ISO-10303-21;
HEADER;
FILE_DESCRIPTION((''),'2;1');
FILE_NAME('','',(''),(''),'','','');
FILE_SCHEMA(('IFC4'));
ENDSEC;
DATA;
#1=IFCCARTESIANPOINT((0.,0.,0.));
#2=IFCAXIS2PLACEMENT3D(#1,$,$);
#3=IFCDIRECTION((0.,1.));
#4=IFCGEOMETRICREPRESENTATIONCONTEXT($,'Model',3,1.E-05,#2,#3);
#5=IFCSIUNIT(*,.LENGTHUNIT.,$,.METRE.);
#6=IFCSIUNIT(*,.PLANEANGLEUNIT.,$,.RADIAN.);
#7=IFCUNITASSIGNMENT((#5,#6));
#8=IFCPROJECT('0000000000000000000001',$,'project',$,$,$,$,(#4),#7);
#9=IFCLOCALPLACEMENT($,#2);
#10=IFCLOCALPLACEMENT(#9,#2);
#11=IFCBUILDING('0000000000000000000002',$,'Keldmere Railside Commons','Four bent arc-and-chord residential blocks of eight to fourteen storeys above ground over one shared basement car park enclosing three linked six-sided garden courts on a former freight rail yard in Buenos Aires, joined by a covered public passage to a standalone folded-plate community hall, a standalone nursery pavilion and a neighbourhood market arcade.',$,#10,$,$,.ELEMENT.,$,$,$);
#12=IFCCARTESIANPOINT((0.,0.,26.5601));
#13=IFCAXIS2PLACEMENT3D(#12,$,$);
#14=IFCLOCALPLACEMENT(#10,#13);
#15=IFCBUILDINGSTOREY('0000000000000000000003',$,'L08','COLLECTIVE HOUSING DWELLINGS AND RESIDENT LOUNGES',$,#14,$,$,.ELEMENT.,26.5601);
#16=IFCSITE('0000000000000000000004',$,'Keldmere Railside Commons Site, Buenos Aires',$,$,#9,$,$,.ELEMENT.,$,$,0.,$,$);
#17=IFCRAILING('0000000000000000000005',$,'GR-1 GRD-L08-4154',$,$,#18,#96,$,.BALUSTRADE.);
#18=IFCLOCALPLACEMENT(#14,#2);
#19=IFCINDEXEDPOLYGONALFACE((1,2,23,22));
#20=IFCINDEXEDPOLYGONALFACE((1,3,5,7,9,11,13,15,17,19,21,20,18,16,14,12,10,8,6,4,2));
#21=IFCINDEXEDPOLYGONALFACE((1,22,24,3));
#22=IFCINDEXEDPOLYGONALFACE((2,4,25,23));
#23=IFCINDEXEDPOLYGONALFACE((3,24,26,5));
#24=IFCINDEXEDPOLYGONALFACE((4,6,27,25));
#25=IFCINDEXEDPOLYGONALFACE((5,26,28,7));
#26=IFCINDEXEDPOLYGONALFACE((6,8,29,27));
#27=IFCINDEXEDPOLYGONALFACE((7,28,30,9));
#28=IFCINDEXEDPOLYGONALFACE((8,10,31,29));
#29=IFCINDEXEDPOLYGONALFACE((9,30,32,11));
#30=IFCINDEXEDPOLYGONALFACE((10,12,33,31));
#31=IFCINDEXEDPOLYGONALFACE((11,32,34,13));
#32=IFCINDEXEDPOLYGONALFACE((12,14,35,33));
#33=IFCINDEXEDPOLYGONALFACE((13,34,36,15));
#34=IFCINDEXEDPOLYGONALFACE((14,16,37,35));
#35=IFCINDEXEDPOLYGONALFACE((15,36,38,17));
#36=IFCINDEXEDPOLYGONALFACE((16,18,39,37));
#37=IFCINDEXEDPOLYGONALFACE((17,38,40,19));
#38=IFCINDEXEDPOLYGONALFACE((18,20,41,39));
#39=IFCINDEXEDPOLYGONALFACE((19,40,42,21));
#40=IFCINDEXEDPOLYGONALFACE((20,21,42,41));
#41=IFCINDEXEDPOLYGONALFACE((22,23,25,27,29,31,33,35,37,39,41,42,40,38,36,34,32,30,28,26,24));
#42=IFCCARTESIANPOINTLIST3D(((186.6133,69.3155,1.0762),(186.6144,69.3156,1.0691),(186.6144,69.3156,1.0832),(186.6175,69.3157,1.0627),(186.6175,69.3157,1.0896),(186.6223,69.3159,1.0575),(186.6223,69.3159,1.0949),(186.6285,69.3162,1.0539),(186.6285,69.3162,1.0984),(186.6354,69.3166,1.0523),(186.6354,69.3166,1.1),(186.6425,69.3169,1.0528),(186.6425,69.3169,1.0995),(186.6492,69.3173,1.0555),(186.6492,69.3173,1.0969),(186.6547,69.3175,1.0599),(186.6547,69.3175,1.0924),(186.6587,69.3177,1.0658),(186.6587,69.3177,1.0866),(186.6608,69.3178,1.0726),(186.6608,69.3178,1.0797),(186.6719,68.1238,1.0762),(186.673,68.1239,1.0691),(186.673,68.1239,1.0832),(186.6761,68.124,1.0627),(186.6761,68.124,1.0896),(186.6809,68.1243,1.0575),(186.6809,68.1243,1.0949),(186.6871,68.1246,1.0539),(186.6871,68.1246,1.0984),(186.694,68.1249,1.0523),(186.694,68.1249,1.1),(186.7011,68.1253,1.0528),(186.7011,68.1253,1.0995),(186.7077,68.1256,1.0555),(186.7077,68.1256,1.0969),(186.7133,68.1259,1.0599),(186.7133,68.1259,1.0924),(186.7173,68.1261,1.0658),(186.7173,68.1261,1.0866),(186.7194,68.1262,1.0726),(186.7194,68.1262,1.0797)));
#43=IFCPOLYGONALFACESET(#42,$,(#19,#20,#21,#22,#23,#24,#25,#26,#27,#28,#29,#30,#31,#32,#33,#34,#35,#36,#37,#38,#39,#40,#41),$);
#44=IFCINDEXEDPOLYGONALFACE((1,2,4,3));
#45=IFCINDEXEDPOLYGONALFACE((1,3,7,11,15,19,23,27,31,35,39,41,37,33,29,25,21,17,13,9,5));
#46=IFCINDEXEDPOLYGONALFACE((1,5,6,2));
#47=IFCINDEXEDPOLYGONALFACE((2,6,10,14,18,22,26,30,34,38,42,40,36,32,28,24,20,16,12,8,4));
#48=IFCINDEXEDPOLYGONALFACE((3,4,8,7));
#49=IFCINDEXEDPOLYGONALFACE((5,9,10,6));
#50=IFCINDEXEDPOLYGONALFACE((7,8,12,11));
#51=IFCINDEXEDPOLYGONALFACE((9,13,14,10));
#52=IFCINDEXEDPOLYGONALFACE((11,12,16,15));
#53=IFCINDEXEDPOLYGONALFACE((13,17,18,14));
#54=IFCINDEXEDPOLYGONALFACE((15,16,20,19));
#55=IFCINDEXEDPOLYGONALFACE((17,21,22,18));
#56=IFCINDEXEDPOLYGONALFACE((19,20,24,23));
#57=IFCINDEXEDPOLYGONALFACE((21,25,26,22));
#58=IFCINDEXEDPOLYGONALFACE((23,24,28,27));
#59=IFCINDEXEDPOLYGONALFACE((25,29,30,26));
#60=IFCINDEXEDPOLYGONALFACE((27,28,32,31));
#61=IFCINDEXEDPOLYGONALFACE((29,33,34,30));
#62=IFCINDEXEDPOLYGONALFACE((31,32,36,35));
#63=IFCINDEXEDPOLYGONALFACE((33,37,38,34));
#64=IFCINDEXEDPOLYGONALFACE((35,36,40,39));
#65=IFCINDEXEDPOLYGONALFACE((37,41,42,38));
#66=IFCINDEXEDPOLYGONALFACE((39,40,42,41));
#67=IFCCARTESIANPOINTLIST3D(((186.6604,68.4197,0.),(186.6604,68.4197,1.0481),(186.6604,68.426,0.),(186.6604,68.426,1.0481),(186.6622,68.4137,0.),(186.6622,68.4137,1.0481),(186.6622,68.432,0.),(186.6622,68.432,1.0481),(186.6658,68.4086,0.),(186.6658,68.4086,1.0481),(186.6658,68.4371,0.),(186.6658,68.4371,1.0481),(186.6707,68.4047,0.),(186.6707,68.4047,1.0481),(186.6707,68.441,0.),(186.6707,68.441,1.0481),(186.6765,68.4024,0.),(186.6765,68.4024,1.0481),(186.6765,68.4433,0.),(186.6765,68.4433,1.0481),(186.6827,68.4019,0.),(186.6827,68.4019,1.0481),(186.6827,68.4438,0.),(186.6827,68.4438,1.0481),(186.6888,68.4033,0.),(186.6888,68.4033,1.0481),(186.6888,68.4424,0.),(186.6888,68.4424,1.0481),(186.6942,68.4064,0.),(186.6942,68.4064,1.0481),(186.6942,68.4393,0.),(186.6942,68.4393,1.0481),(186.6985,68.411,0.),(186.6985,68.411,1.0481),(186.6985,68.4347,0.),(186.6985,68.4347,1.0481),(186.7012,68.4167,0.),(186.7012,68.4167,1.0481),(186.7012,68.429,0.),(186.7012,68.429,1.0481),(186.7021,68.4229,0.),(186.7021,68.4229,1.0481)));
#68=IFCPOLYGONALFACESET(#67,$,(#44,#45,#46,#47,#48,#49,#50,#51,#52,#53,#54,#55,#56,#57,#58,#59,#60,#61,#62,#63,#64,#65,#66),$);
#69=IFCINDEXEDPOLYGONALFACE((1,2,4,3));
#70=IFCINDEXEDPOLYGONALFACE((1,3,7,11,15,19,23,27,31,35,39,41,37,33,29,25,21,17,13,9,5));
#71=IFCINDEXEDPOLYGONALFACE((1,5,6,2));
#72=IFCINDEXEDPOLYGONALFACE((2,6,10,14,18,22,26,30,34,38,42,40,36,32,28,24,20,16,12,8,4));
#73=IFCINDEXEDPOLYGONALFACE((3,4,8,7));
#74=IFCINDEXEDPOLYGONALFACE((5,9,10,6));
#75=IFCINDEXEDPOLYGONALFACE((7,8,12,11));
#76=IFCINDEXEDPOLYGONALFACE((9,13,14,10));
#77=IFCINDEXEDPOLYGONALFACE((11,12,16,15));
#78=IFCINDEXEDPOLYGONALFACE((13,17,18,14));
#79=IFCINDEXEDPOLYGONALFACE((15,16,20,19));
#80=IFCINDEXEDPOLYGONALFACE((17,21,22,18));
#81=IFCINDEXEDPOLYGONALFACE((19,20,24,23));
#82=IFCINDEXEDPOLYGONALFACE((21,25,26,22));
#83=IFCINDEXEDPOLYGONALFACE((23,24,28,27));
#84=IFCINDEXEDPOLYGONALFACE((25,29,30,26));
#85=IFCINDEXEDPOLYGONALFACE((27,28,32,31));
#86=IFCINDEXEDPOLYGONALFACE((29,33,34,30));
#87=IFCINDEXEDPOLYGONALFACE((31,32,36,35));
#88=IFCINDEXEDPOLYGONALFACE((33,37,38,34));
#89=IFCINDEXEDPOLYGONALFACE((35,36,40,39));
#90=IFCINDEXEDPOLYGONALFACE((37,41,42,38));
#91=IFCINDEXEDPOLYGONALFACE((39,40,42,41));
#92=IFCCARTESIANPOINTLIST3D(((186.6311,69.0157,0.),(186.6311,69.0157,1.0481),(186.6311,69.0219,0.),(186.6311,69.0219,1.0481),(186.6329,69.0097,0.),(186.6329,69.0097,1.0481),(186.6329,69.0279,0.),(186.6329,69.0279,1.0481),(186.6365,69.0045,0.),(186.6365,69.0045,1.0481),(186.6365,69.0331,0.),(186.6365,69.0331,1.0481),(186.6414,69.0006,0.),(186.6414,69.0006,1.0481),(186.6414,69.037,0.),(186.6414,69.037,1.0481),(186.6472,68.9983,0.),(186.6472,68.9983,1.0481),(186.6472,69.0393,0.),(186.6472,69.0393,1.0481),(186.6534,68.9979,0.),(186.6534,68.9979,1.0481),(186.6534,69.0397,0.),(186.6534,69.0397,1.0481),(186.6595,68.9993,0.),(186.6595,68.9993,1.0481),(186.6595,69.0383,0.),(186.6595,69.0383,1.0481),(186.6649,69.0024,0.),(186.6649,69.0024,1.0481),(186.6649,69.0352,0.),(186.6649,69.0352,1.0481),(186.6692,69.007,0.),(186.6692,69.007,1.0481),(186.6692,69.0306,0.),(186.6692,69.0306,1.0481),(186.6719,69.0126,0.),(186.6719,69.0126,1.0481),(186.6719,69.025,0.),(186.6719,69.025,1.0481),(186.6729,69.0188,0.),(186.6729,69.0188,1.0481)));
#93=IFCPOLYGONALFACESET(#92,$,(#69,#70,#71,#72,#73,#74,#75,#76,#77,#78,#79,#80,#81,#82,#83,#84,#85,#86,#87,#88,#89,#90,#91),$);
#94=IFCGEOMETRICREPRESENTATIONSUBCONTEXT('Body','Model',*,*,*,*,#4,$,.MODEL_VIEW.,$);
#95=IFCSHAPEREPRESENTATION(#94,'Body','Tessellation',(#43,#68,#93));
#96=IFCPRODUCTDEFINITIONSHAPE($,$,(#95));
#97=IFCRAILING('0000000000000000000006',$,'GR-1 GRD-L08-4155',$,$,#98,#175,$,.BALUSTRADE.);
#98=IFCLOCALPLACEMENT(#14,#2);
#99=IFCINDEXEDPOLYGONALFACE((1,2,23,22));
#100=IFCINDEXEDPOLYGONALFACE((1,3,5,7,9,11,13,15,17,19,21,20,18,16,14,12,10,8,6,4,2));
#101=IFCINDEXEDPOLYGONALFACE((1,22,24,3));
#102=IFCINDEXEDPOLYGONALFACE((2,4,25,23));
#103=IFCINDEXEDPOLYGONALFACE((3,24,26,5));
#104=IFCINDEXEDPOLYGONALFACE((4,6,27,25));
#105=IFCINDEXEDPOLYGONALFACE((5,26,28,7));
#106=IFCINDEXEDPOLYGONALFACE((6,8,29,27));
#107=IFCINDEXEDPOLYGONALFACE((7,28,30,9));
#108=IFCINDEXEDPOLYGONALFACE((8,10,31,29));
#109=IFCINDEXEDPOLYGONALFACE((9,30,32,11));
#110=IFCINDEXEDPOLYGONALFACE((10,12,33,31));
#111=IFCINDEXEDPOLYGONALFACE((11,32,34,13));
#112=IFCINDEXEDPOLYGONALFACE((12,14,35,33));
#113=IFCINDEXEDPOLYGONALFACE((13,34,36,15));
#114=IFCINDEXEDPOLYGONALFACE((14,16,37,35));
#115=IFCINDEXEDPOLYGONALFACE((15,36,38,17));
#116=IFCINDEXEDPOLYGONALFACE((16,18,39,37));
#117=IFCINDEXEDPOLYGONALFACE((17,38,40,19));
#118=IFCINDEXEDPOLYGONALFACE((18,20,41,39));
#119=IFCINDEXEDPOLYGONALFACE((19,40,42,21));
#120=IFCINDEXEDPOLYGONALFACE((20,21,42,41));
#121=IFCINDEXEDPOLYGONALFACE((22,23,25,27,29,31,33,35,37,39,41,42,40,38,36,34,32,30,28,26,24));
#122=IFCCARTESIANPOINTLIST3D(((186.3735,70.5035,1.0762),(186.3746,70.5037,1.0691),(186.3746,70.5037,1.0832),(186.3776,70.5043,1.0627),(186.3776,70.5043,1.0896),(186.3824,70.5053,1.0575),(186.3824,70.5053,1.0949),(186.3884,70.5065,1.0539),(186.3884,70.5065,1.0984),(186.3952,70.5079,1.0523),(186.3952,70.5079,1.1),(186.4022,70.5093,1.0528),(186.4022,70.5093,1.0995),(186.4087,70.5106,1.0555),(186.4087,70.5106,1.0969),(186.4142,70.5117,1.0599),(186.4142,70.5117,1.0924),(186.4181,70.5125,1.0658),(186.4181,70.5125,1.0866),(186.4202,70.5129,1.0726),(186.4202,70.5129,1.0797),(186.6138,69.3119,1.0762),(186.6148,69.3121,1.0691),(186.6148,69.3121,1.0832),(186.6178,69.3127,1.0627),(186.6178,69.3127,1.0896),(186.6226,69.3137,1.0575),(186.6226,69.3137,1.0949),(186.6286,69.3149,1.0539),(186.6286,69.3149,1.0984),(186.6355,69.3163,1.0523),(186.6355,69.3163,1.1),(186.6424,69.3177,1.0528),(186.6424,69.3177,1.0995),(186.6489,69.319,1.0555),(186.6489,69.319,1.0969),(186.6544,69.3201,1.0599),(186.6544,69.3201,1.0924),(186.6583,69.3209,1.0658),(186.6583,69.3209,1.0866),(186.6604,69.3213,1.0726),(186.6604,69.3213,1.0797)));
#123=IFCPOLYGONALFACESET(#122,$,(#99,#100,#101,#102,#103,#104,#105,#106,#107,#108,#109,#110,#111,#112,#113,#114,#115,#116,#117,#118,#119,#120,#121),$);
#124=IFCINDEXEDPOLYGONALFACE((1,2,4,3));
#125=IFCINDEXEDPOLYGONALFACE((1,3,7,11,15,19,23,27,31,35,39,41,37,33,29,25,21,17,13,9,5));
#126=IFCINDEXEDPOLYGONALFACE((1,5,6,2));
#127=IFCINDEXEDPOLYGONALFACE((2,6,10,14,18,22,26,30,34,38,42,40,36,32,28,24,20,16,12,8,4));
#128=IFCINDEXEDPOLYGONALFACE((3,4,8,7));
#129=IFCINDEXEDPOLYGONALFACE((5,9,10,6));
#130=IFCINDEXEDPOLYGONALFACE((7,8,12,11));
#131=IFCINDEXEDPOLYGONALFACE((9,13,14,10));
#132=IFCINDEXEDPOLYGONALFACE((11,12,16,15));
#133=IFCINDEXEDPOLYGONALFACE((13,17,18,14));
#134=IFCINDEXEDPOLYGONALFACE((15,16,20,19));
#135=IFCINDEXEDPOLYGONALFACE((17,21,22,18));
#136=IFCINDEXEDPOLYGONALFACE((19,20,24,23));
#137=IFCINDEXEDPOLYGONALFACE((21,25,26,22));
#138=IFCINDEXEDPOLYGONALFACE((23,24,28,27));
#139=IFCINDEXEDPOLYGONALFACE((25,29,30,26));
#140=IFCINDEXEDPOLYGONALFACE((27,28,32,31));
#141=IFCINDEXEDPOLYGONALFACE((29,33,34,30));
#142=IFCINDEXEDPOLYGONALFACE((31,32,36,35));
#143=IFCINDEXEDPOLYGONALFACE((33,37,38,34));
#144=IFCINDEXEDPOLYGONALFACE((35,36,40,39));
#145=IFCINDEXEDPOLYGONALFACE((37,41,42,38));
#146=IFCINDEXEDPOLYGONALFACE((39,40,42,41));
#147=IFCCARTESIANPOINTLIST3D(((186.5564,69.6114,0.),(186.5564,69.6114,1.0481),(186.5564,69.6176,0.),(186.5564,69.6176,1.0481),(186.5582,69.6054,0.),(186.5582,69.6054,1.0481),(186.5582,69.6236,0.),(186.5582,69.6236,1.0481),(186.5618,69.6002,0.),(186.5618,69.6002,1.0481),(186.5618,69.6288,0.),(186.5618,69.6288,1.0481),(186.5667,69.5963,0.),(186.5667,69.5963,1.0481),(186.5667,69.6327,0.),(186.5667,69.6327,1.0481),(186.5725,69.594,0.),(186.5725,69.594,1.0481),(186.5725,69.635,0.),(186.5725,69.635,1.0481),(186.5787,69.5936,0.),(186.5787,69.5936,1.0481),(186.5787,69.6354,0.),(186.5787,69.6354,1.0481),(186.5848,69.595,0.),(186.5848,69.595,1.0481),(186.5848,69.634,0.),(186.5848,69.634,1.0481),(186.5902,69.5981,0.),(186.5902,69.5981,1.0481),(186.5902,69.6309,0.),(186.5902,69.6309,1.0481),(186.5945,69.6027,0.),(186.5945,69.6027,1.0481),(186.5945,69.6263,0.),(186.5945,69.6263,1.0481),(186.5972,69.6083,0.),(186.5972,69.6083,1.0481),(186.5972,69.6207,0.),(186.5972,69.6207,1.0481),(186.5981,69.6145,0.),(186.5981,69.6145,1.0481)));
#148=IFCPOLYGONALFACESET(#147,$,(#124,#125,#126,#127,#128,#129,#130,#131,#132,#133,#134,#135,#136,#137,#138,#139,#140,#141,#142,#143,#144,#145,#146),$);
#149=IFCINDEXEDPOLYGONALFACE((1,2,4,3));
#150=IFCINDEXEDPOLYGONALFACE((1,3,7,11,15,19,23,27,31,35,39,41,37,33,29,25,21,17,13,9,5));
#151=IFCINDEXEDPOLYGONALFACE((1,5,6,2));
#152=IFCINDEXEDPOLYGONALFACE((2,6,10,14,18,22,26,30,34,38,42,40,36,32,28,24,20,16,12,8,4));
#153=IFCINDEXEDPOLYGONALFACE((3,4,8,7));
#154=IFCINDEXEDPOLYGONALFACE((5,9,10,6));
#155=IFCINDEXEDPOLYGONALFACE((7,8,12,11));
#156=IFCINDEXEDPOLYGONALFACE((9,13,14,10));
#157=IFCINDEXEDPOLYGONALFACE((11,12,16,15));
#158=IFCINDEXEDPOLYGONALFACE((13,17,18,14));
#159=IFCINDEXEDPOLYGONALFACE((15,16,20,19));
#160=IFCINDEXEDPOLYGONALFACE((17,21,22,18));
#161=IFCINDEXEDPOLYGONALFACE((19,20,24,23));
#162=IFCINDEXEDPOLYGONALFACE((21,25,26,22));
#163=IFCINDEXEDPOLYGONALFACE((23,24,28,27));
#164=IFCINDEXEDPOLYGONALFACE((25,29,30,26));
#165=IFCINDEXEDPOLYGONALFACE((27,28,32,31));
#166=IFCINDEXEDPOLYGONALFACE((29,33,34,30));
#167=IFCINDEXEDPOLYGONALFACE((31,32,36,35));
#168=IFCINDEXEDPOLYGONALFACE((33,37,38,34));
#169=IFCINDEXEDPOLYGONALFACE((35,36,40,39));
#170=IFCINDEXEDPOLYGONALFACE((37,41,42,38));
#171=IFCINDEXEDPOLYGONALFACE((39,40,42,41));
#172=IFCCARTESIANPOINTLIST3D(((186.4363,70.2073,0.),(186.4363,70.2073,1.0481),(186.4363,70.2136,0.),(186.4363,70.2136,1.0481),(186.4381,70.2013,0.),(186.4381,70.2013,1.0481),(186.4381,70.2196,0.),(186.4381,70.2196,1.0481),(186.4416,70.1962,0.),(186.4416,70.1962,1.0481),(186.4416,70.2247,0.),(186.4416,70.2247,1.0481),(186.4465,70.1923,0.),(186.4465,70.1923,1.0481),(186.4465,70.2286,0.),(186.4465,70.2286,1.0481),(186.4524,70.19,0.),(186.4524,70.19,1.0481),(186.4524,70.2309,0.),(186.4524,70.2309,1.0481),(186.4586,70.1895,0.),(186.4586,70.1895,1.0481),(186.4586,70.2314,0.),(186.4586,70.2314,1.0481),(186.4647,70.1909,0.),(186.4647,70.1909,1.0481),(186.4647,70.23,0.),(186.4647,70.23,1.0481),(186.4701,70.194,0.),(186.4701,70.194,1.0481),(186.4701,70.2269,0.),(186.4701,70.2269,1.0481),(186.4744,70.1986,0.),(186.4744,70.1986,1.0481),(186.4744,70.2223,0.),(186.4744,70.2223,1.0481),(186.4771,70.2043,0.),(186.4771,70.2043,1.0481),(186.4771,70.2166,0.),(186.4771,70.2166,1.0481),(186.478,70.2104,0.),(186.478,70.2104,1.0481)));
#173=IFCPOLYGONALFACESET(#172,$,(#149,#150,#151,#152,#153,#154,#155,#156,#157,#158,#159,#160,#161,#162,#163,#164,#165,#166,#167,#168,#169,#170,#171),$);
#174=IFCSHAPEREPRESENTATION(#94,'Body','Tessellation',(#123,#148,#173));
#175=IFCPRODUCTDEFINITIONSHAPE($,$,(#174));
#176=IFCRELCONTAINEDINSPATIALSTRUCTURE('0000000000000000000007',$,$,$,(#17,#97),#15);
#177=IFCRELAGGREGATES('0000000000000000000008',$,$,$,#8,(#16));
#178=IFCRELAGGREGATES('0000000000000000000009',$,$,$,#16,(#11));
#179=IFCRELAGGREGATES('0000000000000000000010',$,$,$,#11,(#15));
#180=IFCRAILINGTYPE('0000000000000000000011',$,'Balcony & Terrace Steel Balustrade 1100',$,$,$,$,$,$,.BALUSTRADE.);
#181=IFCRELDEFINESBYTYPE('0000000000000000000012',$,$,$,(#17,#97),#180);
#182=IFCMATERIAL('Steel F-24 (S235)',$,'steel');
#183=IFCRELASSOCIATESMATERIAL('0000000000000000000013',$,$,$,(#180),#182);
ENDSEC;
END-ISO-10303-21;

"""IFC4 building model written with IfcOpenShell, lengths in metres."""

from ifc_helpers import new_model, si_unit, direction, frame, origin, origin_2d, place, context, subcontext, project, spatial, circle, extrude, material, type_object, element, save


model = new_model("IFC4")

# Units and contexts
model_context = context("Model", 3, precision=1e-05, world=origin(), true_north=direction((0.0, 1.0)))
body_context = subcontext(model_context, "Body", "Model", "MODEL_VIEW")
ifc_project = project(units=[si_unit("LENGTHUNIT", "METRE"), si_unit("PLANEANGLEUNIT", "RADIAN")], contexts=[model_context])

# Site, building, storey
site_placement = place(None, origin())
site = spatial("IfcSite", under=ifc_project, at=site_placement, Name="Keldmere Railside Commons Site, Buenos Aires", CompositionType="ELEMENT", RefElevation=0.0)
building_placement = place(site_placement, origin())
building = spatial("IfcBuilding", under=site, at=building_placement, Name="Keldmere Railside Commons", Description="Four bent arc-and-chord residential blocks of eight to fourteen storeys above ground over one shared basement car park enclosing three linked six-sided garden courts on a former freight rail yard in Buenos Aires, joined by a covered public passage to a standalone folded-plate community hall, a standalone nursery pavilion and a neighbourhood market arcade.", CompositionType="ELEMENT")
storey_placement = place(building_placement, frame((0.0, 0.0, 26.5601)))
storey = spatial("IfcBuildingStorey", under=building, at=storey_placement, Name="L08", Description="COLLECTIVE HOUSING DWELLINGS AND RESIDENT LOUNGES", CompositionType="ELEMENT", Elevation=26.5601)

# Shared definitions
ifc_material_1 = material(Name="Steel F-24 (S235)", Category="steel")

# Railings
railing_type_1 = type_object("IfcRailingType", Name="Balcony & Terrace Steel Balustrade 1100", PredefinedType="BALUSTRADE", material=ifc_material_1)
railing_1_placement = place(storey_placement, frame((186.6958, 68.125, 0.0)))
element("IfcRailing", 1, at=railing_1_placement, inside=storey, type_object=railing_type_1, Name="GR-1 GRD-L08-4154", PredefinedType="BALUSTRADE", context=body_context, shape_type="SweptSolid", body=[
    extrude(circle(Radius=0.0239, at=origin_2d()), frame((0.0, 0.0, 1.0762), z_axis=(-0.049111, 0.998793, 0.0), x_axis=(-0.998793, -0.049111, 0.0)), (0.0, 0.0, 1.0), 1.1931),
    extrude(circle(Radius=0.021, at=origin_2d()), frame((-0.0146, 0.2979, 0.0)), (0.0, 0.0, 1.0), 1.0481),
    extrude(circle(Radius=0.021, at=origin_2d()), frame((-0.0439, 0.8938, 0.0)), (0.0, 0.0, 1.0), 1.0481),
])
railing_2_placement = place(storey_placement, frame((186.6372, 69.3167, 0.0)))
element("IfcRailing", 2, at=railing_2_placement, inside=storey, type_object=railing_type_1, Name="GR-1 GRD-L08-4155", PredefinedType="BALUSTRADE", context=body_context, shape_type="SweptSolid", body=[
    extrude(circle(Radius=0.0239, at=origin_2d()), frame((0.0, 0.0, 1.0762), z_axis=(-0.197622, 0.980278, 0.0), x_axis=(-0.980278, -0.197622, 0.0)), (0.0, 0.0, 1.0), 1.2156),
    extrude(circle(Radius=0.021, at=origin_2d()), frame((-0.0601, 0.2979, 0.0)), (0.0, 0.0, 1.0), 1.0481),
    extrude(circle(Radius=0.021, at=origin_2d()), frame((-0.1802, 0.8938, 0.0)), (0.0, 0.0, 1.0), 1.0481),
])

save(model, "model.ifc")
